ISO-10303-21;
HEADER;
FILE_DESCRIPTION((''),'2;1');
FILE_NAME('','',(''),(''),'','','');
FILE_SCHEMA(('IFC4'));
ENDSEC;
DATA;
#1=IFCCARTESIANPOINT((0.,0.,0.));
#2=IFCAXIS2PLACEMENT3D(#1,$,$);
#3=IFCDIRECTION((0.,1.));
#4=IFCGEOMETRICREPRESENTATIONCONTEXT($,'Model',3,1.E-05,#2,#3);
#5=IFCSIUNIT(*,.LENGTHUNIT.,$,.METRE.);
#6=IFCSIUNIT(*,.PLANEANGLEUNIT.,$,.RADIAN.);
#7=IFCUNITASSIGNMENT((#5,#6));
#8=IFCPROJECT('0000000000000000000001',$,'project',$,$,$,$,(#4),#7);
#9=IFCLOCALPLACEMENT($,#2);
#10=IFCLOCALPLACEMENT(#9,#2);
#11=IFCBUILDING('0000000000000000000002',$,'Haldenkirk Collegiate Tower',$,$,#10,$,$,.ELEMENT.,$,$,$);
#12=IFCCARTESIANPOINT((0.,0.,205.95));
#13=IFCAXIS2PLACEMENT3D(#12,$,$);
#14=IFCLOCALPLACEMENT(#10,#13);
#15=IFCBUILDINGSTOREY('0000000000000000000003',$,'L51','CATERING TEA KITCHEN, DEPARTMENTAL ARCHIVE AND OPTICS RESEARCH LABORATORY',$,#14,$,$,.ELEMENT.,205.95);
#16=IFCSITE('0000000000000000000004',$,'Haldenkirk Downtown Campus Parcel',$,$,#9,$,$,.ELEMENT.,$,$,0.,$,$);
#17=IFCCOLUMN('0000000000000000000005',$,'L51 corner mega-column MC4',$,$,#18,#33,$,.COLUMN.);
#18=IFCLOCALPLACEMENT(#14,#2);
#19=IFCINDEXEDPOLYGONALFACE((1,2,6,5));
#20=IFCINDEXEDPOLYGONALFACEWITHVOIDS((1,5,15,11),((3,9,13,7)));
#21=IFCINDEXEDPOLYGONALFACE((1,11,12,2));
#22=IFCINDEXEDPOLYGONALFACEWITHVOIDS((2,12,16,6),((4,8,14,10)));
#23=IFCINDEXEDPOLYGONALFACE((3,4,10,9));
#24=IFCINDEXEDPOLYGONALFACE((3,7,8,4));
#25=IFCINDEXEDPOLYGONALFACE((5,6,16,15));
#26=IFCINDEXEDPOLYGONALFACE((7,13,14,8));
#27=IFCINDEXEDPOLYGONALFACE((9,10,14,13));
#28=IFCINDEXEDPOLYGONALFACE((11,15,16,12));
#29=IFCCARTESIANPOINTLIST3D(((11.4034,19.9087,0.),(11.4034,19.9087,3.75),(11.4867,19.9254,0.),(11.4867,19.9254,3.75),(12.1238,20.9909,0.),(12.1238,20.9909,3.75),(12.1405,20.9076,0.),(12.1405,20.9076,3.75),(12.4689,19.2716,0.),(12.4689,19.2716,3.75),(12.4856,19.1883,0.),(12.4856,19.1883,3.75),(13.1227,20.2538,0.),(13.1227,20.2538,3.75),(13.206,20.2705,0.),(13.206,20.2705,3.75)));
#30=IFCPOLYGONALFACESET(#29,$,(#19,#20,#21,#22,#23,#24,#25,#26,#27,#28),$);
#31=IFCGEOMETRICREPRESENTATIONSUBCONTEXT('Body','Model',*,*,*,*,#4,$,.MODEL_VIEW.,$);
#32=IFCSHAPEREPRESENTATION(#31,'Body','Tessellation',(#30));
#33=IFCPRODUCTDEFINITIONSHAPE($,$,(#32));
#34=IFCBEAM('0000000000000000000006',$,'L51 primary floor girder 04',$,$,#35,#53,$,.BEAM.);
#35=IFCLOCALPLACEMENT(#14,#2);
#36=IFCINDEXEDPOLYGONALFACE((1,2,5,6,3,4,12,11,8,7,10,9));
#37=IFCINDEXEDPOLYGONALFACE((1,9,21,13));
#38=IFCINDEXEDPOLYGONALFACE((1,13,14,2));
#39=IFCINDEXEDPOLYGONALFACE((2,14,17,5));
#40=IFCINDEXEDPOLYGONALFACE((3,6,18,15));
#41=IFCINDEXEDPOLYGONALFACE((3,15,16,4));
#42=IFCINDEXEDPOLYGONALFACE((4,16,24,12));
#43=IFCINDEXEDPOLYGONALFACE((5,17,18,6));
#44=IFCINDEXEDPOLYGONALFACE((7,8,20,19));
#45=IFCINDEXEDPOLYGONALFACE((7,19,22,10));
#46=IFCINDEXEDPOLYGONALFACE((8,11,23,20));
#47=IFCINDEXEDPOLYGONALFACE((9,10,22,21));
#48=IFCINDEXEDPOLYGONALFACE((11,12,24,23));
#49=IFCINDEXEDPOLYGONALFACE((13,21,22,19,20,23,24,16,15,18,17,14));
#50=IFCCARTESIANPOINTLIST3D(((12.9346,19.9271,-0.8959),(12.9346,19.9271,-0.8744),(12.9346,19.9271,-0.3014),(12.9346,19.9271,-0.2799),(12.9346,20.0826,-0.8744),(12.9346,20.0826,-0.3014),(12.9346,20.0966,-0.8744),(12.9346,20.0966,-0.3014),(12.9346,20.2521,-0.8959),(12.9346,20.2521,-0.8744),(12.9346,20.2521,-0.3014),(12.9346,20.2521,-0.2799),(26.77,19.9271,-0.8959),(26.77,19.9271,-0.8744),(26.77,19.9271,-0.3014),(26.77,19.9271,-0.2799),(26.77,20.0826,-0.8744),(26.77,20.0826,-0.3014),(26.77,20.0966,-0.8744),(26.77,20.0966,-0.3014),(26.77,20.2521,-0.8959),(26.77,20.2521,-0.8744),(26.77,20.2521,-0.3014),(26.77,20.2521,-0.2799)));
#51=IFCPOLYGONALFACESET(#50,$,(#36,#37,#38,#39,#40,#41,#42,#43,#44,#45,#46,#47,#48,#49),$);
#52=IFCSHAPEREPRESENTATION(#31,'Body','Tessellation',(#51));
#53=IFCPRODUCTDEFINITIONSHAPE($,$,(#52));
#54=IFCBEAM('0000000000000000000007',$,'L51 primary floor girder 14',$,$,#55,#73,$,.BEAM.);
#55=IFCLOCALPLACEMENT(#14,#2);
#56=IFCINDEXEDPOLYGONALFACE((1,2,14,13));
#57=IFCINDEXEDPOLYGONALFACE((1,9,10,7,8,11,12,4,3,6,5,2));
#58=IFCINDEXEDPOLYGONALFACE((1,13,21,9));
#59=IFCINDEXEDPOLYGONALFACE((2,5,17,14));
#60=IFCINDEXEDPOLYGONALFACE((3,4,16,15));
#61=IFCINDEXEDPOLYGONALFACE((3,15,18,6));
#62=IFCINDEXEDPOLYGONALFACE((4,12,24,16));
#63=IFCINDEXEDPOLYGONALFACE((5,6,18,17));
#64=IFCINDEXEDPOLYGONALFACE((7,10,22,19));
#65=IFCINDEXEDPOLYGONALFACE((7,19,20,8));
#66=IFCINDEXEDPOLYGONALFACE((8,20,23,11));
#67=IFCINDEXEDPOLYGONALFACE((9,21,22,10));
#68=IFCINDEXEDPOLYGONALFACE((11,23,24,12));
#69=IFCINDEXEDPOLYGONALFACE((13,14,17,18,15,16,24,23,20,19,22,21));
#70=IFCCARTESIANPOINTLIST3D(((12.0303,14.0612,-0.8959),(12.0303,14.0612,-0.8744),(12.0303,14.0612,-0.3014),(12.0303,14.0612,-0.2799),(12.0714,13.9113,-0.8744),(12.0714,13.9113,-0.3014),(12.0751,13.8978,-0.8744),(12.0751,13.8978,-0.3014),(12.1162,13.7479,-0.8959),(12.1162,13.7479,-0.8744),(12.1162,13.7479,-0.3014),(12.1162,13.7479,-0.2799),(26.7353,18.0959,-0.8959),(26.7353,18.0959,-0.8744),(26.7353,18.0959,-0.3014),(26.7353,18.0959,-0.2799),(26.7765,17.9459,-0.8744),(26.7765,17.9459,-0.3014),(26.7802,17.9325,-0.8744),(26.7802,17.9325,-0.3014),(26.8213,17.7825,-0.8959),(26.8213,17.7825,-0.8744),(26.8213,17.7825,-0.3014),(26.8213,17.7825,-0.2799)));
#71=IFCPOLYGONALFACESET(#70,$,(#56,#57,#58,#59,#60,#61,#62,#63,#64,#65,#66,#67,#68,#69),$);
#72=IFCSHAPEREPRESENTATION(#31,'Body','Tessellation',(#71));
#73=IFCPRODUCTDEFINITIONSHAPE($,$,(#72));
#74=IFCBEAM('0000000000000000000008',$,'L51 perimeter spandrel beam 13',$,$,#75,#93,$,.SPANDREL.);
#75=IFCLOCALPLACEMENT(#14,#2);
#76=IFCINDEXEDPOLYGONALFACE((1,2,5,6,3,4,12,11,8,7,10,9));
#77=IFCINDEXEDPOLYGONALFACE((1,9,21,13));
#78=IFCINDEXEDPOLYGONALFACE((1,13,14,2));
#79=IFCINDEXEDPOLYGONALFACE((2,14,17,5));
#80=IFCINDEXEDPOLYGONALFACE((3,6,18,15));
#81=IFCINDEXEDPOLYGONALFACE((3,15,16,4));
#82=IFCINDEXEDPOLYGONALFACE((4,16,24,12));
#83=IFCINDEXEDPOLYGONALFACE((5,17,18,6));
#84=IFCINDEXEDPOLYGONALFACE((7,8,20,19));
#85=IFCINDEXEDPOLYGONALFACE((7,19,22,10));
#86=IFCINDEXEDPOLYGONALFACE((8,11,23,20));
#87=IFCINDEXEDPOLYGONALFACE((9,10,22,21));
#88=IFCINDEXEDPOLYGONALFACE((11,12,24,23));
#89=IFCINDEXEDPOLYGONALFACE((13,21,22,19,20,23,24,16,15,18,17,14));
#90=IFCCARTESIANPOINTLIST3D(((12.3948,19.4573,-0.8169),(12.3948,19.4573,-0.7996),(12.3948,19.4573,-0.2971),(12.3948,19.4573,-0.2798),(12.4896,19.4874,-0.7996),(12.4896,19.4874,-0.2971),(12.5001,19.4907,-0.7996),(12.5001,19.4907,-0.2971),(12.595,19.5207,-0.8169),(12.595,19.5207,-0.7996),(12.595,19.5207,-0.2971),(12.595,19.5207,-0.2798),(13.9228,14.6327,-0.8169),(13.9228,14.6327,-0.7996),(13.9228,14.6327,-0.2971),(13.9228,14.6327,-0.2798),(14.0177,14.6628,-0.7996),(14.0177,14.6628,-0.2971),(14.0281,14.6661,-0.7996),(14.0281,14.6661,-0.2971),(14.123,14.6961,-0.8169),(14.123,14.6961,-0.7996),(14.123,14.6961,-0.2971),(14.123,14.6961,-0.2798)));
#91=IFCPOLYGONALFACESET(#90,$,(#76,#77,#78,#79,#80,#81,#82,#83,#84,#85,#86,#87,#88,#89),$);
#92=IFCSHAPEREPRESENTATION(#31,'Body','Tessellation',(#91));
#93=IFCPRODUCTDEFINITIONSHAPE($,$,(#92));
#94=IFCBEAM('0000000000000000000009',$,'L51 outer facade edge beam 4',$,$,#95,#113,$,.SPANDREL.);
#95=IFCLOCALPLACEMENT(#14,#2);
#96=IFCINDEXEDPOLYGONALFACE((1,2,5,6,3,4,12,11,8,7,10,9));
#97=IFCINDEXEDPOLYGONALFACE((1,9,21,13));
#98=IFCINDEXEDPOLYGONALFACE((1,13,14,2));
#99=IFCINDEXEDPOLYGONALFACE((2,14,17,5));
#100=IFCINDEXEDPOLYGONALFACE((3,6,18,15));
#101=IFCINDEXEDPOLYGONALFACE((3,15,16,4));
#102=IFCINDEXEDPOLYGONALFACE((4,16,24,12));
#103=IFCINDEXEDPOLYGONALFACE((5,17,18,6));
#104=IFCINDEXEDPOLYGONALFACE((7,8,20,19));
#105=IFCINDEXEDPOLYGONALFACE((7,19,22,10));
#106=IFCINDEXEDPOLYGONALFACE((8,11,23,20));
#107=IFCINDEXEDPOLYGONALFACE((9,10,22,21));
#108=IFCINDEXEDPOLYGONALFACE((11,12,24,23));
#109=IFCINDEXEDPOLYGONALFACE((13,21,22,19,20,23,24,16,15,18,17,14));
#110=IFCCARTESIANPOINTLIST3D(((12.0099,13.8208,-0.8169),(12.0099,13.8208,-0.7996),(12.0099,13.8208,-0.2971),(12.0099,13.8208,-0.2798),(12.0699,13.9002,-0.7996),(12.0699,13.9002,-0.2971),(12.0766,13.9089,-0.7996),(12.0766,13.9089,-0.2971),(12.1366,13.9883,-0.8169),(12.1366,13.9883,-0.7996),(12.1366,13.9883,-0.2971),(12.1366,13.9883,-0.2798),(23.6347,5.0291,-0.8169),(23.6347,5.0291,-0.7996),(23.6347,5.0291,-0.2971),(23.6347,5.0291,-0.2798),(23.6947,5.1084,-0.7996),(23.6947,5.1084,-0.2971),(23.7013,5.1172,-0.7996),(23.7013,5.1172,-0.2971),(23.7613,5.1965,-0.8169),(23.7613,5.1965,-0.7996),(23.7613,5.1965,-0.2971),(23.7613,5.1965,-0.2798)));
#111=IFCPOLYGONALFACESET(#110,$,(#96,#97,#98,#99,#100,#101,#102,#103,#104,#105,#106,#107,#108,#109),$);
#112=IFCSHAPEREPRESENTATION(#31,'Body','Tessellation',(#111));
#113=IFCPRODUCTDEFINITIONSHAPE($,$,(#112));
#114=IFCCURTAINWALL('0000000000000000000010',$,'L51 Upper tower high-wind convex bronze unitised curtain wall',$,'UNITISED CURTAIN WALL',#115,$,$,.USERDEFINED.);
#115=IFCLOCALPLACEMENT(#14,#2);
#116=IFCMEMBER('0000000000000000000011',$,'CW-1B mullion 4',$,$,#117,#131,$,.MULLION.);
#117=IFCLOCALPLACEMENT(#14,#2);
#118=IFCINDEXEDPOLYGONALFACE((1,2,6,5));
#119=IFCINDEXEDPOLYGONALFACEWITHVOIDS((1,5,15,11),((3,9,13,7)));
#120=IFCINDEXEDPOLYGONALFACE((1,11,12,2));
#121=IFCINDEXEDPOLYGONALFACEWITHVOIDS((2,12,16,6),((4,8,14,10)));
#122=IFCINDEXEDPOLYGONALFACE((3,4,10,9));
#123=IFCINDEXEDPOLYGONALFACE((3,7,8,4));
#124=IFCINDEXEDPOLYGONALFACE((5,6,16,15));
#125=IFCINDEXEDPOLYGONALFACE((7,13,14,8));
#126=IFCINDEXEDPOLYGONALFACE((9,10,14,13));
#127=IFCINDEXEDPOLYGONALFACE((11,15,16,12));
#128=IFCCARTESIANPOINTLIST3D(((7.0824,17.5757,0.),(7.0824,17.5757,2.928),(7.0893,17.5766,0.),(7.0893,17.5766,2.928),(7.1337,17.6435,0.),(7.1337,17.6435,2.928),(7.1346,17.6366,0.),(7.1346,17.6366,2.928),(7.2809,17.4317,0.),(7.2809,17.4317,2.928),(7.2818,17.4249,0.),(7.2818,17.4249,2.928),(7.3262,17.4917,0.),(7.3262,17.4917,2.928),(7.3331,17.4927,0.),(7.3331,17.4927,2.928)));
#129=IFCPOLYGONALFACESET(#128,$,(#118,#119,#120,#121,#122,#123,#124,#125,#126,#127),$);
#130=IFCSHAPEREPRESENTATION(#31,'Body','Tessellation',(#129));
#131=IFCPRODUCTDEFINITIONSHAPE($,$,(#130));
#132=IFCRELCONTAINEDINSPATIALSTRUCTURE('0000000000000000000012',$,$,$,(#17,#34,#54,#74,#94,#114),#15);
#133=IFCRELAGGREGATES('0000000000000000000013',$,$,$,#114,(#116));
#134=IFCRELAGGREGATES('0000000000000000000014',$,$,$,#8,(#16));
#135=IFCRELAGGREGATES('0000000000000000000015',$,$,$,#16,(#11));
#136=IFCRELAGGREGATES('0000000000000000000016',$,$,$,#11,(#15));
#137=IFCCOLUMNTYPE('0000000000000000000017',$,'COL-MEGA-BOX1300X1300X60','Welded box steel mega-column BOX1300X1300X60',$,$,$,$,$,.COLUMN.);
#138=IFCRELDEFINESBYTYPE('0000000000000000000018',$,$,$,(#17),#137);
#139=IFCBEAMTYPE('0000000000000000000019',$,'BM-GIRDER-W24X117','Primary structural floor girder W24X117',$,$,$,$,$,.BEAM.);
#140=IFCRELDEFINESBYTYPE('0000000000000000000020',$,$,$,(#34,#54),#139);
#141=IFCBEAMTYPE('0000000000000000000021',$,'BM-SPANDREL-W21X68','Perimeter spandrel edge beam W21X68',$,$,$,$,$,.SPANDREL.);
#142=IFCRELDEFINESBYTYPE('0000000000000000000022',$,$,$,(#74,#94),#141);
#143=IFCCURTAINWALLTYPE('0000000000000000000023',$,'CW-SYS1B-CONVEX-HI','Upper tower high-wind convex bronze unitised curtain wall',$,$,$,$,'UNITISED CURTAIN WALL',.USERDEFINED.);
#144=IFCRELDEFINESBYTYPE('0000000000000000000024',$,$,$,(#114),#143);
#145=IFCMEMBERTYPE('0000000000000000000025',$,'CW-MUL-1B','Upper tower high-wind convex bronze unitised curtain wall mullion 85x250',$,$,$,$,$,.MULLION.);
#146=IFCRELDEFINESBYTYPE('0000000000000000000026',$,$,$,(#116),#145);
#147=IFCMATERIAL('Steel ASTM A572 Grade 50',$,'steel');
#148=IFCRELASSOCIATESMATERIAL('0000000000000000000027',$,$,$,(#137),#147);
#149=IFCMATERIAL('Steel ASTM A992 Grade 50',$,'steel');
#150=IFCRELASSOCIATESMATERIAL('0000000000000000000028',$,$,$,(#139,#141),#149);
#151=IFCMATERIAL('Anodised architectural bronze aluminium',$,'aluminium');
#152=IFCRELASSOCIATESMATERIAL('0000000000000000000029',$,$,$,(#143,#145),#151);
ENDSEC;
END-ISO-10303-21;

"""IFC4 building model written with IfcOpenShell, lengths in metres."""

from ifc_helpers import new_model, si_unit, direction, frame, origin, origin_2d, place, context, subcontext, project, spatial, hollow_rectangle, i_section, extrude, material, material_profile, profile_set, type_object, element, aggregate, save


model = new_model("IFC4")

# Units and contexts
model_context = context("Model", 3, precision=1e-05, world=origin(), true_north=direction((0.0, 1.0)))
body_context = subcontext(model_context, "Body", "Model", "MODEL_VIEW")
ifc_project = project(units=[si_unit("LENGTHUNIT", "METRE"), si_unit("PLANEANGLEUNIT", "RADIAN")], contexts=[model_context])

# Site, building, storey
site_placement = place(None, origin())
site = spatial("IfcSite", under=ifc_project, at=site_placement, Name="Haldenkirk Downtown Campus Parcel", CompositionType="ELEMENT", RefElevation=0.0)
building_placement = place(site_placement, origin())
building = spatial("IfcBuilding", under=site, at=building_placement, Name="Haldenkirk Collegiate Tower", CompositionType="ELEMENT")
storey_placement = place(building_placement, frame((0.0, 0.0, 205.95)))
storey = spatial("IfcBuildingStorey", under=building, at=storey_placement, Name="L51", Description="CATERING TEA KITCHEN, DEPARTMENTAL ARCHIVE AND OPTICS RESEARCH LABORATORY", CompositionType="ELEMENT", Elevation=205.95)

# Column
ifc_material_1 = material(Name="Steel ASTM A572 Grade 50", Category="steel")
ifc_material_profile_1 = material_profile(ifc_material_1, hollow_rectangle(XDim=1.3, YDim=1.3, WallThickness=0.0601, at=origin_2d()), Name="BOX1300X1300X60")
ifc_profile_set_1 = profile_set([ifc_material_profile_1], Name="Steel ASTM A572 Grade 50")
column_type = type_object("IfcColumnType", Name="COL-MEGA-BOX1300X1300X60", Description="Welded box steel mega-column BOX1300X1300X60", PredefinedType="COLUMN", material=ifc_profile_set_1)
column_placement = place(storey_placement, frame((12.3047, 20.0896, 0.0), z_axis=(0.0, 0.0, 1.0), x_axis=(0.554118, 0.832438, 0.0)))
element("IfcColumn", 1, at=column_placement, inside=storey, type_object=column_type, Name="L51 corner mega-column MC4", PredefinedType="COLUMN", context=body_context, shape_type="SweptSolid", body=[
    extrude(hollow_rectangle(XDim=1.3, YDim=1.3, WallThickness=0.0601, at=origin_2d()), origin(), (0.0, 0.0, 1.0), 3.75),
])

# Beams
ifc_material_2 = material(Name="Steel ASTM A992 Grade 50", Category="steel")
ifc_material_profile_2 = material_profile(ifc_material_2, i_section(OverallWidth=0.325, OverallDepth=0.616, WebThickness=0.0139, FlangeThickness=0.0215, at=origin_2d()), Name="W24X117")
ifc_profile_set_2 = profile_set([ifc_material_profile_2], Name="Steel ASTM A992 Grade 50")
beam_type_1 = type_object("IfcBeamType", Name="BM-GIRDER-W24X117", Description="Primary structural floor girder W24X117", PredefinedType="BEAM", material=ifc_profile_set_2)
beam_1_placement = place(storey_placement, frame((12.9346, 20.0896, -0.5879), z_axis=(1.0, 0.0, 0.0), x_axis=(0.0, 1.0, 0.0)))
element("IfcBeam", 2, at=beam_1_placement, inside=storey, type_object=beam_type_1, Name="L51 primary floor girder 04", PredefinedType="BEAM", context=body_context, shape_type="SweptSolid", body=[
    extrude(i_section(OverallWidth=0.325, OverallDepth=0.616, WebThickness=0.0139, FlangeThickness=0.0215, at=origin_2d()), origin(), (0.0, 0.0, 1.0), 13.8354),
])
beam_2_placement = place(storey_placement, frame((12.0732, 13.9045, -0.5879), z_axis=(0.96436, 0.264594, 0.0), x_axis=(-0.264594, 0.96436, 0.0)))
element("IfcBeam", 3, at=beam_2_placement, inside=storey, type_object=beam_type_1, Name="L51 primary floor girder 14", PredefinedType="BEAM", context=body_context, shape_type="SweptSolid", body=[
    extrude(i_section(OverallWidth=0.325, OverallDepth=0.616, WebThickness=0.0139, FlangeThickness=0.0215, at=origin_2d()), origin(), (0.0, 0.0, 1.0), 15.2485),
])
ifc_material_profile_3 = material_profile(ifc_material_2, i_section(OverallWidth=0.21, OverallDepth=0.5371, WebThickness=0.011, FlangeThickness=0.0173, at=origin_2d()), Name="W21X68")
ifc_profile_set_3 = profile_set([ifc_material_profile_3], Name="Steel ASTM A992 Grade 50")
beam_type_2 = type_object("IfcBeamType", Name="BM-SPANDREL-W21X68", Description="Perimeter spandrel edge beam W21X68", PredefinedType="SPANDREL", material=ifc_profile_set_3)
beam_3_placement = place(storey_placement, frame((12.4949, 19.489, -0.5483), z_axis=(0.301937, -0.953328, 0.0), x_axis=(0.953328, 0.301937, 0.0)))
element("IfcBeam", 4, at=beam_3_placement, inside=storey, type_object=beam_type_2, Name="L51 perimeter spandrel beam 13", PredefinedType="SPANDREL", context=body_context, shape_type="SweptSolid", body=[
    extrude(i_section(OverallWidth=0.21, OverallDepth=0.5371, WebThickness=0.011, FlangeThickness=0.0173, at=origin_2d()), origin(), (0.0, 0.0, 1.0), 5.0608),
])
beam_4_placement = place(storey_placement, frame((12.0732, 13.9045, -0.5483), z_axis=(0.797583, -0.603209, 0.0), x_axis=(0.603209, 0.797583, 0.0)))
element("IfcBeam", 5, at=beam_4_placement, inside=storey, type_object=beam_type_2, Name="L51 outer facade edge beam 4", PredefinedType="SPANDREL", context=body_context, shape_type="SweptSolid", body=[
    extrude(i_section(OverallWidth=0.21, OverallDepth=0.5371, WebThickness=0.011, FlangeThickness=0.0173, at=origin_2d()), origin(), (0.0, 0.0, 1.0), 14.575),
])

# Curtain wall, member
ifc_material_3 = material(Name="Anodised architectural bronze aluminium", Category="aluminium")
curtain_wall_type = type_object("IfcCurtainWallType", Name="CW-SYS1B-CONVEX-HI", Description="Upper tower high-wind convex bronze unitised curtain wall", ElementType="UNITISED CURTAIN WALL", PredefinedType="USERDEFINED", material=ifc_material_3)
curtain_wall_placement = place(storey_placement, origin())
curtain_wall = element("IfcCurtainWall", 6, at=curtain_wall_placement, inside=storey, type_object=curtain_wall_type, Name="L51 Upper tower high-wind convex bronze unitised curtain wall", ObjectType="UNITISED CURTAIN WALL", PredefinedType="USERDEFINED")
ifc_material_profile_4 = material_profile(ifc_material_3, hollow_rectangle(XDim=0.085, YDim=0.25, WallThickness=0.0049, at=origin_2d()), Name="CW-MUL-1B")
ifc_profile_set_4 = profile_set([ifc_material_profile_4], Name="Anodised architectural bronze aluminium")
member_type = type_object("IfcMemberType", Name="CW-MUL-1B", Description="Upper tower high-wind convex bronze unitised curtain wall mullion 85x250", PredefinedType="MULLION", material=ifc_profile_set_4)
member_placement = place(storey_placement, frame((7.2078, 17.5342, 0.0), z_axis=(0.0, 0.0, 1.0), x_axis=(-0.603207, -0.797584, 0.0)))
member = element("IfcMember", 7, at=member_placement, type_object=member_type, Name="CW-1B mullion 4", PredefinedType="MULLION", context=body_context, shape_type="SweptSolid", body=[
    extrude(hollow_rectangle(XDim=0.085, YDim=0.25, WallThickness=0.0049, at=origin_2d()), origin(), (0.0, 0.0, 1.0), 2.928),
])

aggregate(curtain_wall, [member])

save(model, "model.ifc")
